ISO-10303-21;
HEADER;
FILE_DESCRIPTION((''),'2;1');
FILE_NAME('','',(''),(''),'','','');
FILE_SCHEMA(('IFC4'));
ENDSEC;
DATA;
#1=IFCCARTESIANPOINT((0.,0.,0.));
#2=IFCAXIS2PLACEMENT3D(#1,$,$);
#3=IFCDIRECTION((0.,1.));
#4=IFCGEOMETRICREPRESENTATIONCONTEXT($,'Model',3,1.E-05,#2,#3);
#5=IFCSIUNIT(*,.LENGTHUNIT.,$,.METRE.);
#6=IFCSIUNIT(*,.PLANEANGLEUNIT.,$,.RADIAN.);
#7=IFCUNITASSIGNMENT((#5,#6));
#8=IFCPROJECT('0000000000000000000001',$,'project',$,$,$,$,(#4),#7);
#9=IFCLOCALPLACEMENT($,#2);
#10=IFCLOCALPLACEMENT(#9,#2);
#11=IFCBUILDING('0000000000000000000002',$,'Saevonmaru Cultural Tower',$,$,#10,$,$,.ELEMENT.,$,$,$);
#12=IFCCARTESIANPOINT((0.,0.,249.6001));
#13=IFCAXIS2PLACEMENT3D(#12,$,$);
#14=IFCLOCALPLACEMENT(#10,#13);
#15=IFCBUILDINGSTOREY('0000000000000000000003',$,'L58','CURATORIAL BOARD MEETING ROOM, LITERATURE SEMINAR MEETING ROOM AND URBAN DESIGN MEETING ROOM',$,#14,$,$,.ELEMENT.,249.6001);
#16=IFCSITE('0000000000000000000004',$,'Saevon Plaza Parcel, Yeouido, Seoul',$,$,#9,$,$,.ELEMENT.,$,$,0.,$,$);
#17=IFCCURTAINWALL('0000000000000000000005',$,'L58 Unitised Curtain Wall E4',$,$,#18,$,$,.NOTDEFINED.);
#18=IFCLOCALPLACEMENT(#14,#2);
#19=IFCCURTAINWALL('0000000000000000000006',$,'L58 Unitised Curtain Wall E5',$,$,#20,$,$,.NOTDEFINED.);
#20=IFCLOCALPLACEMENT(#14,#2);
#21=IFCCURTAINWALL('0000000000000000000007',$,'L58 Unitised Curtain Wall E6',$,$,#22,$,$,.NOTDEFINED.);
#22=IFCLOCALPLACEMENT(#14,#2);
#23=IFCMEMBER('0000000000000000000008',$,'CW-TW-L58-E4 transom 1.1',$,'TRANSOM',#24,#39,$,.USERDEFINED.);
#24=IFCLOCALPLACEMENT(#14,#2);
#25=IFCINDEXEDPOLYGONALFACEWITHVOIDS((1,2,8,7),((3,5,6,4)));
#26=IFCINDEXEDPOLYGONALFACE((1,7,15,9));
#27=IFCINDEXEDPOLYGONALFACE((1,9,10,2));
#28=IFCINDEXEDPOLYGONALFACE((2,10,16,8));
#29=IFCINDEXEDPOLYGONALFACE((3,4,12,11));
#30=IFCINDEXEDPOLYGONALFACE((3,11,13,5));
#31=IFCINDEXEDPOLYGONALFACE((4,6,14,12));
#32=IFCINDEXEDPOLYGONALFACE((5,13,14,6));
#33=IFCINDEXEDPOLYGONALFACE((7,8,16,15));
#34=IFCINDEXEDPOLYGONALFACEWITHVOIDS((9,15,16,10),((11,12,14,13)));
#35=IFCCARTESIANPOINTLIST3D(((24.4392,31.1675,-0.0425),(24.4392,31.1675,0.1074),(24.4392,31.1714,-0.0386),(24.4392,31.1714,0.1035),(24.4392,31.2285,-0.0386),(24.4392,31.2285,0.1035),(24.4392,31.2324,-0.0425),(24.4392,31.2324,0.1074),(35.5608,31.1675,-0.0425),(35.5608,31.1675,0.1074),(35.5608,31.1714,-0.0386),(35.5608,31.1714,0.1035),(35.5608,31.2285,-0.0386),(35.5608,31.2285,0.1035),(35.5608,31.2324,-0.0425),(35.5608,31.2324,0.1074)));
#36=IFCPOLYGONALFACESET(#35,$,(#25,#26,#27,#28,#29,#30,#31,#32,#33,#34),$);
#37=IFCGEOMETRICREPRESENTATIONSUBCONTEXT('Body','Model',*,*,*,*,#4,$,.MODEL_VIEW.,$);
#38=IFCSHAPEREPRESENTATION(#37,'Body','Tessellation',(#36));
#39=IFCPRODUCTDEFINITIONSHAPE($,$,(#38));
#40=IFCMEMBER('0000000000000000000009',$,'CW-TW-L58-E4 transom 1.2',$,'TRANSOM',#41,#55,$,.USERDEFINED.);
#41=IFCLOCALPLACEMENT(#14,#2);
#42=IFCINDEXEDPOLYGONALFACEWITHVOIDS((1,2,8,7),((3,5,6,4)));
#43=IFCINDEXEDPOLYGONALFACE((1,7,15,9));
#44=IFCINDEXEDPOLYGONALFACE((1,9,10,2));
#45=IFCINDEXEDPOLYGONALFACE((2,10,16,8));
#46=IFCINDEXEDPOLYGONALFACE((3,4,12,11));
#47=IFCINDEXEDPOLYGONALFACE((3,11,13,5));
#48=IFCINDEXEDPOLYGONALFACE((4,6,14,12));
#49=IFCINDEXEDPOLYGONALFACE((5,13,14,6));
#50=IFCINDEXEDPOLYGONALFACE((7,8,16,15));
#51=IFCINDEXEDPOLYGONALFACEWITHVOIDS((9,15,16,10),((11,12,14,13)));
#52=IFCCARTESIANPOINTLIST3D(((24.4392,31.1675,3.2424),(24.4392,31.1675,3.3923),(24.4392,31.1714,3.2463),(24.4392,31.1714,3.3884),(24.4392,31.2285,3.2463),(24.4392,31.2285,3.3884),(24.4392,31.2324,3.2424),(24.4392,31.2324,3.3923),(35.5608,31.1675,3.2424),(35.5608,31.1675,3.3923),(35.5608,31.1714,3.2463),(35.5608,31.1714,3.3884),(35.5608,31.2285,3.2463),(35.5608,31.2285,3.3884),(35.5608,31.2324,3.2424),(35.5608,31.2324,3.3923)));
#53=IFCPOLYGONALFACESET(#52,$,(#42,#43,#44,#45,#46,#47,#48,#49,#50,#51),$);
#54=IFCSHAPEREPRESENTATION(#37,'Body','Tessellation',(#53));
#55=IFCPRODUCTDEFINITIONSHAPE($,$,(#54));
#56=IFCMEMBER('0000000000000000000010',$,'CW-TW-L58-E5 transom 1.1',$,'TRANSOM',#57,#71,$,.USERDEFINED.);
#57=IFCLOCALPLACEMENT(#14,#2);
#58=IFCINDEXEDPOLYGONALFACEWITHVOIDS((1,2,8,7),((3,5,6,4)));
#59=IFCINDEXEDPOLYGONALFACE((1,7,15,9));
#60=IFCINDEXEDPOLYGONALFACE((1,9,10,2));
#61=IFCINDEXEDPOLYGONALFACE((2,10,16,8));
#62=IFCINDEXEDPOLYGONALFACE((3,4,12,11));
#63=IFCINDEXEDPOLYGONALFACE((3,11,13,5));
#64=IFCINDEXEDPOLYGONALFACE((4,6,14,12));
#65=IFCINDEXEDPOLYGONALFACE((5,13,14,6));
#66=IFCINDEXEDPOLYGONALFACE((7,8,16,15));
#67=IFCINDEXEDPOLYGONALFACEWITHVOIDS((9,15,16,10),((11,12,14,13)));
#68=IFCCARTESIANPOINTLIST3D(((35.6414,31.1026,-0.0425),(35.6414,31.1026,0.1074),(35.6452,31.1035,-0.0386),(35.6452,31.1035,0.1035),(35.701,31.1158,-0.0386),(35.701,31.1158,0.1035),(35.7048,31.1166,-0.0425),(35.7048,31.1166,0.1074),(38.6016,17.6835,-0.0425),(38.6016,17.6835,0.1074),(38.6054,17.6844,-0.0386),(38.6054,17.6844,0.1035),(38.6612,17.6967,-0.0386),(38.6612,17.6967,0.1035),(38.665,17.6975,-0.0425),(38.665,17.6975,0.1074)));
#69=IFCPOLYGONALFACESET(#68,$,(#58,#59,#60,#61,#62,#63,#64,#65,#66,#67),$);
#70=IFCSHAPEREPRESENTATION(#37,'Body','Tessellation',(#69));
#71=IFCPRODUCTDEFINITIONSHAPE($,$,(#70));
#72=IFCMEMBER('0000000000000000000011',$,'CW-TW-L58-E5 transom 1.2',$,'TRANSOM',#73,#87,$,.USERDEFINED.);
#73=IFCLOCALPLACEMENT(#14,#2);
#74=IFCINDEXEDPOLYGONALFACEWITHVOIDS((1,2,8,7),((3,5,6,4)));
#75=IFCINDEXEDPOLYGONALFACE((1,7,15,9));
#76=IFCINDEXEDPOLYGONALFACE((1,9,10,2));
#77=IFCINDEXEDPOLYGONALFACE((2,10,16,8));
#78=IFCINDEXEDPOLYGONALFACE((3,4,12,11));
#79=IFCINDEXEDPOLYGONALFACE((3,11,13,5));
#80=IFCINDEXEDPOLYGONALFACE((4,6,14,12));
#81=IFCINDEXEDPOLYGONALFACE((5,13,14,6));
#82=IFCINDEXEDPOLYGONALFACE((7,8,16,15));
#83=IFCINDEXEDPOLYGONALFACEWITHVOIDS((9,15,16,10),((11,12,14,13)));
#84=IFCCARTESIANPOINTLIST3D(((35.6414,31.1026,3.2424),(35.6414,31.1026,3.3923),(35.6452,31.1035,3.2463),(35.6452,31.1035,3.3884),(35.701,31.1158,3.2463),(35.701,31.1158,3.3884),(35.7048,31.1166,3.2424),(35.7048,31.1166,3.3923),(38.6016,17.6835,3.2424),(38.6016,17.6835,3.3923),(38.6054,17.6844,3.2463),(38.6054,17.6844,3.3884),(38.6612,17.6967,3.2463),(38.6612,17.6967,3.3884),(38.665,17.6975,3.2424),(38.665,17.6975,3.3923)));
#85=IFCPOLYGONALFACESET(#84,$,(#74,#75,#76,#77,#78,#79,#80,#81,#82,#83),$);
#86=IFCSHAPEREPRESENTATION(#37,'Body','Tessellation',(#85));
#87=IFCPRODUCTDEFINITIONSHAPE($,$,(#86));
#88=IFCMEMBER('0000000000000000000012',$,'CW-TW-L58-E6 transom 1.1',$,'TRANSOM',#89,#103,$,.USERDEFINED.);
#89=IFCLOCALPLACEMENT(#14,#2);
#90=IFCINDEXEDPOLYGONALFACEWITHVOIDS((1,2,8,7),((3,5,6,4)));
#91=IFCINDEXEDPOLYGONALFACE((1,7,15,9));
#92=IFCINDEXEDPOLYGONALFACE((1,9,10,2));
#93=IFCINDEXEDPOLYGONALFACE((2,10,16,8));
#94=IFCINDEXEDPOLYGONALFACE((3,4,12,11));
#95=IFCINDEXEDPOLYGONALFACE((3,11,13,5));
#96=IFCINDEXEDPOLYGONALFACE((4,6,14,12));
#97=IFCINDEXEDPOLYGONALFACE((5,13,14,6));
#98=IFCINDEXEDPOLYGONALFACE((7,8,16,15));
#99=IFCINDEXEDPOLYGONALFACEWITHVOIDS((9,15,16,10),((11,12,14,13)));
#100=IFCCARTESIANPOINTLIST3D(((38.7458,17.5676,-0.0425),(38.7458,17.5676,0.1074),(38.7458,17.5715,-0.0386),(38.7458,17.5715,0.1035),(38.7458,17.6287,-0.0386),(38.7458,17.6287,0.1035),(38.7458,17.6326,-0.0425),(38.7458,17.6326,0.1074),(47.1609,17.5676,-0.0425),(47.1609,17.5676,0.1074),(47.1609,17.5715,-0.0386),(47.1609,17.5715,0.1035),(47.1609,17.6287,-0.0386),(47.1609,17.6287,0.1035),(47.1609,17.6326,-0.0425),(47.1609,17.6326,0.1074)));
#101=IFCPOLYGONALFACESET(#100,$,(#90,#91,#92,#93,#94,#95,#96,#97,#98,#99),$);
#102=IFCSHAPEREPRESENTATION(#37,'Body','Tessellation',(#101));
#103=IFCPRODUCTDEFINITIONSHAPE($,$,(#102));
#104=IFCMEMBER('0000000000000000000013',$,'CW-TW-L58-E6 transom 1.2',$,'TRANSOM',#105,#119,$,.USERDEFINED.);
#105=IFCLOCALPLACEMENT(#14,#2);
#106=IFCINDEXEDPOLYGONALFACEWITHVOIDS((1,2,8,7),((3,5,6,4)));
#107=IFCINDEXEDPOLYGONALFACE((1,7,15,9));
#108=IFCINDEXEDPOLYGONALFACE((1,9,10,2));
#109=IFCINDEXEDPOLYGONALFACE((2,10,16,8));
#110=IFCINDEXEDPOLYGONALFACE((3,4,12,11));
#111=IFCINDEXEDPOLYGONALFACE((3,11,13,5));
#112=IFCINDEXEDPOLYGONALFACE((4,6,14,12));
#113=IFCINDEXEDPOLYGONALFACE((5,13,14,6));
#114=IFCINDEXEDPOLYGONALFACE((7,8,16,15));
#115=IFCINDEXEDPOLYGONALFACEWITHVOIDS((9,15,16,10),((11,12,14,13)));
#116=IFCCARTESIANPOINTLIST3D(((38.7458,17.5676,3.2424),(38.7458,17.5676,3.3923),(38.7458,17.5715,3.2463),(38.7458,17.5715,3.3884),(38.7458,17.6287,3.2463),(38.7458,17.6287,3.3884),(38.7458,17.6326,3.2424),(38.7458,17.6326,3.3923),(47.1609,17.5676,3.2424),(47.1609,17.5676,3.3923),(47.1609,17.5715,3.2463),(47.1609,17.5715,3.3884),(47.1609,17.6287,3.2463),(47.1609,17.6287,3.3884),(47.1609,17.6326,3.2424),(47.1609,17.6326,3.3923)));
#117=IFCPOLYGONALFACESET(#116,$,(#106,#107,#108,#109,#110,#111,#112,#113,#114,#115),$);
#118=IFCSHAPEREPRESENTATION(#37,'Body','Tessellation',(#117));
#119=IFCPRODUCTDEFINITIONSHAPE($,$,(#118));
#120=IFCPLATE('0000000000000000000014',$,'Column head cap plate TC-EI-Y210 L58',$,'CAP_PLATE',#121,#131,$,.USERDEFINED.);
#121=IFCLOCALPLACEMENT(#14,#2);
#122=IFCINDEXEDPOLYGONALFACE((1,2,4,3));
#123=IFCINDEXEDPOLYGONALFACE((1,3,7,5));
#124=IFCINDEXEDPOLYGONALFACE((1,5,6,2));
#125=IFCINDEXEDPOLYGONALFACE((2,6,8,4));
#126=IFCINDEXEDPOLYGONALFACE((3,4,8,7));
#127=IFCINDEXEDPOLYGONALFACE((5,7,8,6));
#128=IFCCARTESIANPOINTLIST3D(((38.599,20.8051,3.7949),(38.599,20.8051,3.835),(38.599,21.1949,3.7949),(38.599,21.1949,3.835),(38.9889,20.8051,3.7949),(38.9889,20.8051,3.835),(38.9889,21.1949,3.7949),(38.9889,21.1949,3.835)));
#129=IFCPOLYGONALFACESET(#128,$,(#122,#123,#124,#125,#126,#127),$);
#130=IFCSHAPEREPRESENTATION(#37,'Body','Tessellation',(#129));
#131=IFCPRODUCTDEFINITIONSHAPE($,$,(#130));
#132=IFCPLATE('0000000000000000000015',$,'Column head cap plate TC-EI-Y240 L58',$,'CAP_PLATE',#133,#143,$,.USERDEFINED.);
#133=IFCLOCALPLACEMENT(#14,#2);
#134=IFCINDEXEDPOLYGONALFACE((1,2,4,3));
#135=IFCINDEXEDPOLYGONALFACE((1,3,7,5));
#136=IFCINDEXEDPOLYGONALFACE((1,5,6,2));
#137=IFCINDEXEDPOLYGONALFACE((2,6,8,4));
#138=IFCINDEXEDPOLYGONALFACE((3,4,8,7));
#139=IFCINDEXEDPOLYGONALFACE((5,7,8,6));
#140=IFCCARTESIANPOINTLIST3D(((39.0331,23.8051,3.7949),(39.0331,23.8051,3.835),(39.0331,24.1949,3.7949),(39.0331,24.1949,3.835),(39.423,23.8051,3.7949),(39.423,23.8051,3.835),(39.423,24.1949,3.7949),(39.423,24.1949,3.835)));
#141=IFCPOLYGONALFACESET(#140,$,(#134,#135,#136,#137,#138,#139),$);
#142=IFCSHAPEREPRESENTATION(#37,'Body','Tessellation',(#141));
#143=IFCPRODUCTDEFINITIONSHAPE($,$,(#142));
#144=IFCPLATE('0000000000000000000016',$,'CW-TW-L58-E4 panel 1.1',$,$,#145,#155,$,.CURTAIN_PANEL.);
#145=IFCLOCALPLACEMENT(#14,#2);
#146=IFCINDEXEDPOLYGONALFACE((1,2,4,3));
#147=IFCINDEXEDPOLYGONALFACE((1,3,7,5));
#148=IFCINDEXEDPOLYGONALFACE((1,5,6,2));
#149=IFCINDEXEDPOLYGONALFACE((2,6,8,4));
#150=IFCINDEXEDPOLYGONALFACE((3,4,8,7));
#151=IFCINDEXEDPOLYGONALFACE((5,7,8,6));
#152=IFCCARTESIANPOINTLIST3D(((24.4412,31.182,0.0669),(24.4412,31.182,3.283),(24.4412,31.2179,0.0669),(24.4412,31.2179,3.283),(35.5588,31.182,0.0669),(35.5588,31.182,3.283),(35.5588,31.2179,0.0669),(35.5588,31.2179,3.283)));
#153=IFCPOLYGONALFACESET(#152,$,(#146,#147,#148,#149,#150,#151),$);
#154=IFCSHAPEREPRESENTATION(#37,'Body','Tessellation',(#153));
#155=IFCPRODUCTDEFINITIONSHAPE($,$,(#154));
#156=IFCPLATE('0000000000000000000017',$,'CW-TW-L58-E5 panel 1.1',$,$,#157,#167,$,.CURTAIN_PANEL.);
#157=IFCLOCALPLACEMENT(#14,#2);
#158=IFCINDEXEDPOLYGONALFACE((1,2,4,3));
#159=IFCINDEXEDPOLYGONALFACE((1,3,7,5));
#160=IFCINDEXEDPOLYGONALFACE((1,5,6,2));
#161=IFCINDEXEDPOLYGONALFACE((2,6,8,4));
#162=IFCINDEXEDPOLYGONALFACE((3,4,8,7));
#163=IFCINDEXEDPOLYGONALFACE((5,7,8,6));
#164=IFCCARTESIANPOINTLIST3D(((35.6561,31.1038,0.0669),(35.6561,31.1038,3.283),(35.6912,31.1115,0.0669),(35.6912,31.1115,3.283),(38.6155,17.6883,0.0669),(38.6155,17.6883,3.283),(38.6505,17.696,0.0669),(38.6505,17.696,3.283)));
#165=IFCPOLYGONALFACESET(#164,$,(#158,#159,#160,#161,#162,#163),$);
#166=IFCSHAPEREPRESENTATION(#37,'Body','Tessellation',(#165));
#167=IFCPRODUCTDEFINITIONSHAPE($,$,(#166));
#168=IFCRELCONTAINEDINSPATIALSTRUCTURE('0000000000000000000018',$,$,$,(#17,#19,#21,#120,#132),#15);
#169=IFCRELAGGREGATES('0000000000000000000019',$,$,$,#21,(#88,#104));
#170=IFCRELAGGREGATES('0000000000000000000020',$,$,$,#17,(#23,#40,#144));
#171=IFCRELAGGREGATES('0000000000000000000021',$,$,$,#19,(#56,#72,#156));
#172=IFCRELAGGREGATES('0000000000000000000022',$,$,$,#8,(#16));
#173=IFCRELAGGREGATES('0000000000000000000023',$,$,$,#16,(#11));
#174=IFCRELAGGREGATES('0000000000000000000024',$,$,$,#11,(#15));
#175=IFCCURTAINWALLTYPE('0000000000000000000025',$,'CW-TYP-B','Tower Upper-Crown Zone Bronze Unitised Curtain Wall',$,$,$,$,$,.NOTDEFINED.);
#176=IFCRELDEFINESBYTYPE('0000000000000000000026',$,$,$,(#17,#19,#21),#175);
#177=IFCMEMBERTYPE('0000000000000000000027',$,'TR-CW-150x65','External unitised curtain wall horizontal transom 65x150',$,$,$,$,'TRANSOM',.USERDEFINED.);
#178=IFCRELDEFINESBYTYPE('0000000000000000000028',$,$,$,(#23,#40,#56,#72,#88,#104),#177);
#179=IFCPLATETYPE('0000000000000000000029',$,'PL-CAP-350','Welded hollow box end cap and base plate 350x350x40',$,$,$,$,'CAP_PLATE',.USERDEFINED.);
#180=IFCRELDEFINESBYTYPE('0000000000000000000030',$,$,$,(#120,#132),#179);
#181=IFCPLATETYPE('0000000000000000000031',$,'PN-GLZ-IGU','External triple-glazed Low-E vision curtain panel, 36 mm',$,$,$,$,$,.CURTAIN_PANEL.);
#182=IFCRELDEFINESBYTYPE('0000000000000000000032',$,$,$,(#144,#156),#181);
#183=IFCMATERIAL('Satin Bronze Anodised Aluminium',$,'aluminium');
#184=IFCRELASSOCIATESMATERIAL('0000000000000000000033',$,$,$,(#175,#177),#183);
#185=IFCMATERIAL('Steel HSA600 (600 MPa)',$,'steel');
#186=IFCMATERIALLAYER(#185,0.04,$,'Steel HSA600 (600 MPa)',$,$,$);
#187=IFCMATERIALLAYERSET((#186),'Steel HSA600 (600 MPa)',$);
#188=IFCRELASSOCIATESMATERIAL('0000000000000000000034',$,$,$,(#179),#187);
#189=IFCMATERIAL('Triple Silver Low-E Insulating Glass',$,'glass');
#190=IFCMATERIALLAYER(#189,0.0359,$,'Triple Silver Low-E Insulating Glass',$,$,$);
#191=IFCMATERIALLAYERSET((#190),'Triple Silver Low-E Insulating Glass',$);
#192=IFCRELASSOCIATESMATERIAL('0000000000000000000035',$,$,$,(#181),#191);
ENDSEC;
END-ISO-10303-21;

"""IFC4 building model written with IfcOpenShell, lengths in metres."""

from ifc_helpers import new_model, si_unit, direction, frame, origin, origin_2d, place, context, subcontext, project, spatial, rectangle, hollow_rectangle, extrude, material, layer, layer_set, material_profile, profile_set, type_object, element, aggregate, save


model = new_model("IFC4")

# Units and contexts
model_context = context("Model", 3, precision=1e-05, world=origin(), true_north=direction((0.0, 1.0)))
body_context = subcontext(model_context, "Body", "Model", "MODEL_VIEW")
ifc_project = project(units=[si_unit("LENGTHUNIT", "METRE"), si_unit("PLANEANGLEUNIT", "RADIAN")], contexts=[model_context])

# Site, building, storey
site_placement = place(None, origin())
site = spatial("IfcSite", under=ifc_project, at=site_placement, Name="Saevon Plaza Parcel, Yeouido, Seoul", CompositionType="ELEMENT", RefElevation=0.0)
building_placement = place(site_placement, origin())
building = spatial("IfcBuilding", under=site, at=building_placement, Name="Saevonmaru Cultural Tower", CompositionType="ELEMENT")
storey_placement = place(building_placement, frame((0.0, 0.0, 249.6001)))
storey = spatial("IfcBuildingStorey", under=building, at=storey_placement, Name="L58", Description="CURATORIAL BOARD MEETING ROOM, LITERATURE SEMINAR MEETING ROOM AND URBAN DESIGN MEETING ROOM", CompositionType="ELEMENT", Elevation=249.6001)

# Shared definitions
ifc_material_1 = material(Name="Steel HSA600 (600 MPa)", Category="steel")

# Shared definitions
ifc_material_2 = material(Name="Satin Bronze Anodised Aluminium", Category="aluminium")
curtain_wall_type = type_object("IfcCurtainWallType", Name="CW-TYP-B", Description="Tower Upper-Crown Zone Bronze Unitised Curtain Wall", PredefinedType="NOTDEFINED", material=ifc_material_2)

# Curtain walls
curtain_wall_1_placement = place(storey_placement, origin())
curtain_wall_1 = element("IfcCurtainWall", 1, at=curtain_wall_1_placement, inside=storey, type_object=curtain_wall_type, Name="L58 Unitised Curtain Wall E4", PredefinedType="NOTDEFINED")
curtain_wall_2_placement = place(storey_placement, origin())
curtain_wall_2 = element("IfcCurtainWall", 2, at=curtain_wall_2_placement, inside=storey, type_object=curtain_wall_type, Name="L58 Unitised Curtain Wall E5", PredefinedType="NOTDEFINED")

# Curtain wall
curtain_wall_3_placement = place(storey_placement, origin())
curtain_wall_3 = element("IfcCurtainWall", 3, at=curtain_wall_3_placement, inside=storey, type_object=curtain_wall_type, Name="L58 Unitised Curtain Wall E6", PredefinedType="NOTDEFINED")

# Members
ifc_material_profile_1 = material_profile(ifc_material_2, hollow_rectangle(XDim=0.0649, YDim=0.1499, WallThickness=0.0039, at=origin_2d()), Name="ALU-TRAN-150x65x4")
ifc_profile_set_1 = profile_set([ifc_material_profile_1], Name="Satin Bronze Anodised Aluminium")
member_type_1 = type_object("IfcMemberType", Name="TR-CW-150x65", Description="External unitised curtain wall horizontal transom 65x150", ElementType="TRANSOM", PredefinedType="USERDEFINED", material=ifc_profile_set_1)
member_1_placement = place(storey_placement, frame((24.4392, 31.2, 0.0325), z_axis=(1.0, 0.0, 0.0), x_axis=(0.0, 1.0, 0.0)))
member_1 = element("IfcMember", 4, at=member_1_placement, type_object=member_type_1, Name="CW-TW-L58-E4 transom 1.1", ObjectType="TRANSOM", PredefinedType="USERDEFINED", context=body_context, shape_type="SweptSolid", body=[
    extrude(hollow_rectangle(XDim=0.0649, YDim=0.1499, WallThickness=0.0039, at=origin_2d()), origin(), (0.0, 0.0, 1.0), 11.1216),
])
member_2_placement = place(storey_placement, frame((24.4392, 31.2, 3.3174), z_axis=(1.0, 0.0, 0.0), x_axis=(0.0, 1.0, 0.0)))
member_2 = element("IfcMember", 5, at=member_2_placement, type_object=member_type_1, Name="CW-TW-L58-E4 transom 1.2", ObjectType="TRANSOM", PredefinedType="USERDEFINED", context=body_context, shape_type="SweptSolid", body=[
    extrude(hollow_rectangle(XDim=0.0649, YDim=0.1499, WallThickness=0.0039, at=origin_2d()), origin(), (0.0, 0.0, 1.0), 11.1216),
])
member_3_placement = place(storey_placement, frame((35.6731, 31.1096, 0.0325), z_axis=(0.215416, -0.976522, 0.0), x_axis=(0.976522, 0.215416, 0.0)))
member_3 = element("IfcMember", 6, at=member_3_placement, type_object=member_type_1, Name="CW-TW-L58-E5 transom 1.1", ObjectType="TRANSOM", PredefinedType="USERDEFINED", context=body_context, shape_type="SweptSolid", body=[
    extrude(hollow_rectangle(XDim=0.0649, YDim=0.1499, WallThickness=0.0039, at=origin_2d()), origin(), (0.0, 0.0, 1.0), 13.7417),
])
member_4_placement = place(storey_placement, frame((35.6731, 31.1096, 3.3174), z_axis=(0.215416, -0.976522, 0.0), x_axis=(0.976522, 0.215416, 0.0)))
member_4 = element("IfcMember", 7, at=member_4_placement, type_object=member_type_1, Name="CW-TW-L58-E5 transom 1.2", ObjectType="TRANSOM", PredefinedType="USERDEFINED", context=body_context, shape_type="SweptSolid", body=[
    extrude(hollow_rectangle(XDim=0.0649, YDim=0.1499, WallThickness=0.0039, at=origin_2d()), origin(), (0.0, 0.0, 1.0), 13.7417),
])
member_5_placement = place(storey_placement, frame((38.7458, 17.6001, 0.0325), z_axis=(1.0, 0.0, 0.0), x_axis=(0.0, 1.0, 0.0)))
member_5 = element("IfcMember", 8, at=member_5_placement, type_object=member_type_1, Name="CW-TW-L58-E6 transom 1.1", ObjectType="TRANSOM", PredefinedType="USERDEFINED", context=body_context, shape_type="SweptSolid", body=[
    extrude(hollow_rectangle(XDim=0.0649, YDim=0.1499, WallThickness=0.0039, at=origin_2d()), origin(), (0.0, 0.0, 1.0), 8.415),
])
member_6_placement = place(storey_placement, frame((38.7458, 17.6001, 3.3174), z_axis=(1.0, 0.0, 0.0), x_axis=(0.0, 1.0, 0.0)))
member_6 = element("IfcMember", 9, at=member_6_placement, type_object=member_type_1, Name="CW-TW-L58-E6 transom 1.2", ObjectType="TRANSOM", PredefinedType="USERDEFINED", context=body_context, shape_type="SweptSolid", body=[
    extrude(hollow_rectangle(XDim=0.0649, YDim=0.1499, WallThickness=0.0039, at=origin_2d()), origin(), (0.0, 0.0, 1.0), 8.415),
])
aggregate(curtain_wall_3, [member_5, member_6])

# Plates
ifc_layer_1 = layer(ifc_material_1, 0.04, Name="Steel HSA600 (600 MPa)")
ifc_layer_set_1 = layer_set([ifc_layer_1], Name="Steel HSA600 (600 MPa)")
plate_type_1 = type_object("IfcPlateType", Name="PL-CAP-350", Description="Welded hollow box end cap and base plate 350x350x40", ElementType="CAP_PLATE", PredefinedType="USERDEFINED", material=ifc_layer_set_1)
for number, where, z_axis, x_axis, name in (
    (10, (38.7939, 21.0, 3.7949), (0.0, 0.0, 1.0), (1.0, 0.0, 0.0), "Column head cap plate TC-EI-Y210 L58"),
    (11, (39.228, 24.0, 3.7949), (0.0, 0.0, 1.0), (1.0, 0.0, 0.0), "Column head cap plate TC-EI-Y240 L58"),
):
    element("IfcPlate", number, at=place(storey_placement, frame(where, z_axis=z_axis, x_axis=x_axis)), inside=storey, type_object=plate_type_1, Name=name, ObjectType="CAP_PLATE", PredefinedType="USERDEFINED", context=body_context, shape_type="SweptSolid", body=[
        extrude(rectangle(XDim=0.3899, YDim=0.3899, at=origin_2d()), origin(), (0.0, 0.0, 1.0), 0.04),
    ])

# Plates
ifc_material_3 = material(Name="Triple Silver Low-E Insulating Glass", Category="glass")
ifc_layer_2 = layer(ifc_material_3, 0.0359, Name="Triple Silver Low-E Insulating Glass")
ifc_layer_set_2 = layer_set([ifc_layer_2], Name="Triple Silver Low-E Insulating Glass")
plate_type_2 = type_object("IfcPlateType", Name="PN-GLZ-IGU", Description="External triple-glazed Low-E vision curtain panel, 36 mm", PredefinedType="CURTAIN_PANEL", material=ifc_layer_set_2)
plate_1_placement = place(storey_placement, frame((30.0, 31.2, 0.0669), z_axis=(0.0, 0.0, 1.0), x_axis=(1.0, 0.0, 0.0)))
plate_1 = element("IfcPlate", 12, at=plate_1_placement, type_object=plate_type_2, Name="CW-TW-L58-E4 panel 1.1", PredefinedType="CURTAIN_PANEL", context=body_context, shape_type="SweptSolid", body=[
    extrude(rectangle(XDim=11.1177, YDim=0.0359, at=origin_2d()), origin(), (0.0, 0.0, 1.0), 3.2161),
])
aggregate(curtain_wall_1, [member_1, member_2, plate_1])
plate_2_placement = place(storey_placement, frame((37.1533, 24.3999, 0.0669), z_axis=(0.0, 0.0, 1.0), x_axis=(0.215413, -0.976523, 0.0)))
plate_2 = element("IfcPlate", 13, at=plate_2_placement, type_object=plate_type_2, Name="CW-TW-L58-E5 panel 1.1", PredefinedType="CURTAIN_PANEL", context=body_context, shape_type="SweptSolid", body=[
    extrude(rectangle(XDim=13.738, YDim=0.0359, at=origin_2d()), origin(), (0.0, 0.0, 1.0), 3.2161),
])
aggregate(curtain_wall_2, [member_3, member_4, plate_2])

save(model, "model.ifc")
